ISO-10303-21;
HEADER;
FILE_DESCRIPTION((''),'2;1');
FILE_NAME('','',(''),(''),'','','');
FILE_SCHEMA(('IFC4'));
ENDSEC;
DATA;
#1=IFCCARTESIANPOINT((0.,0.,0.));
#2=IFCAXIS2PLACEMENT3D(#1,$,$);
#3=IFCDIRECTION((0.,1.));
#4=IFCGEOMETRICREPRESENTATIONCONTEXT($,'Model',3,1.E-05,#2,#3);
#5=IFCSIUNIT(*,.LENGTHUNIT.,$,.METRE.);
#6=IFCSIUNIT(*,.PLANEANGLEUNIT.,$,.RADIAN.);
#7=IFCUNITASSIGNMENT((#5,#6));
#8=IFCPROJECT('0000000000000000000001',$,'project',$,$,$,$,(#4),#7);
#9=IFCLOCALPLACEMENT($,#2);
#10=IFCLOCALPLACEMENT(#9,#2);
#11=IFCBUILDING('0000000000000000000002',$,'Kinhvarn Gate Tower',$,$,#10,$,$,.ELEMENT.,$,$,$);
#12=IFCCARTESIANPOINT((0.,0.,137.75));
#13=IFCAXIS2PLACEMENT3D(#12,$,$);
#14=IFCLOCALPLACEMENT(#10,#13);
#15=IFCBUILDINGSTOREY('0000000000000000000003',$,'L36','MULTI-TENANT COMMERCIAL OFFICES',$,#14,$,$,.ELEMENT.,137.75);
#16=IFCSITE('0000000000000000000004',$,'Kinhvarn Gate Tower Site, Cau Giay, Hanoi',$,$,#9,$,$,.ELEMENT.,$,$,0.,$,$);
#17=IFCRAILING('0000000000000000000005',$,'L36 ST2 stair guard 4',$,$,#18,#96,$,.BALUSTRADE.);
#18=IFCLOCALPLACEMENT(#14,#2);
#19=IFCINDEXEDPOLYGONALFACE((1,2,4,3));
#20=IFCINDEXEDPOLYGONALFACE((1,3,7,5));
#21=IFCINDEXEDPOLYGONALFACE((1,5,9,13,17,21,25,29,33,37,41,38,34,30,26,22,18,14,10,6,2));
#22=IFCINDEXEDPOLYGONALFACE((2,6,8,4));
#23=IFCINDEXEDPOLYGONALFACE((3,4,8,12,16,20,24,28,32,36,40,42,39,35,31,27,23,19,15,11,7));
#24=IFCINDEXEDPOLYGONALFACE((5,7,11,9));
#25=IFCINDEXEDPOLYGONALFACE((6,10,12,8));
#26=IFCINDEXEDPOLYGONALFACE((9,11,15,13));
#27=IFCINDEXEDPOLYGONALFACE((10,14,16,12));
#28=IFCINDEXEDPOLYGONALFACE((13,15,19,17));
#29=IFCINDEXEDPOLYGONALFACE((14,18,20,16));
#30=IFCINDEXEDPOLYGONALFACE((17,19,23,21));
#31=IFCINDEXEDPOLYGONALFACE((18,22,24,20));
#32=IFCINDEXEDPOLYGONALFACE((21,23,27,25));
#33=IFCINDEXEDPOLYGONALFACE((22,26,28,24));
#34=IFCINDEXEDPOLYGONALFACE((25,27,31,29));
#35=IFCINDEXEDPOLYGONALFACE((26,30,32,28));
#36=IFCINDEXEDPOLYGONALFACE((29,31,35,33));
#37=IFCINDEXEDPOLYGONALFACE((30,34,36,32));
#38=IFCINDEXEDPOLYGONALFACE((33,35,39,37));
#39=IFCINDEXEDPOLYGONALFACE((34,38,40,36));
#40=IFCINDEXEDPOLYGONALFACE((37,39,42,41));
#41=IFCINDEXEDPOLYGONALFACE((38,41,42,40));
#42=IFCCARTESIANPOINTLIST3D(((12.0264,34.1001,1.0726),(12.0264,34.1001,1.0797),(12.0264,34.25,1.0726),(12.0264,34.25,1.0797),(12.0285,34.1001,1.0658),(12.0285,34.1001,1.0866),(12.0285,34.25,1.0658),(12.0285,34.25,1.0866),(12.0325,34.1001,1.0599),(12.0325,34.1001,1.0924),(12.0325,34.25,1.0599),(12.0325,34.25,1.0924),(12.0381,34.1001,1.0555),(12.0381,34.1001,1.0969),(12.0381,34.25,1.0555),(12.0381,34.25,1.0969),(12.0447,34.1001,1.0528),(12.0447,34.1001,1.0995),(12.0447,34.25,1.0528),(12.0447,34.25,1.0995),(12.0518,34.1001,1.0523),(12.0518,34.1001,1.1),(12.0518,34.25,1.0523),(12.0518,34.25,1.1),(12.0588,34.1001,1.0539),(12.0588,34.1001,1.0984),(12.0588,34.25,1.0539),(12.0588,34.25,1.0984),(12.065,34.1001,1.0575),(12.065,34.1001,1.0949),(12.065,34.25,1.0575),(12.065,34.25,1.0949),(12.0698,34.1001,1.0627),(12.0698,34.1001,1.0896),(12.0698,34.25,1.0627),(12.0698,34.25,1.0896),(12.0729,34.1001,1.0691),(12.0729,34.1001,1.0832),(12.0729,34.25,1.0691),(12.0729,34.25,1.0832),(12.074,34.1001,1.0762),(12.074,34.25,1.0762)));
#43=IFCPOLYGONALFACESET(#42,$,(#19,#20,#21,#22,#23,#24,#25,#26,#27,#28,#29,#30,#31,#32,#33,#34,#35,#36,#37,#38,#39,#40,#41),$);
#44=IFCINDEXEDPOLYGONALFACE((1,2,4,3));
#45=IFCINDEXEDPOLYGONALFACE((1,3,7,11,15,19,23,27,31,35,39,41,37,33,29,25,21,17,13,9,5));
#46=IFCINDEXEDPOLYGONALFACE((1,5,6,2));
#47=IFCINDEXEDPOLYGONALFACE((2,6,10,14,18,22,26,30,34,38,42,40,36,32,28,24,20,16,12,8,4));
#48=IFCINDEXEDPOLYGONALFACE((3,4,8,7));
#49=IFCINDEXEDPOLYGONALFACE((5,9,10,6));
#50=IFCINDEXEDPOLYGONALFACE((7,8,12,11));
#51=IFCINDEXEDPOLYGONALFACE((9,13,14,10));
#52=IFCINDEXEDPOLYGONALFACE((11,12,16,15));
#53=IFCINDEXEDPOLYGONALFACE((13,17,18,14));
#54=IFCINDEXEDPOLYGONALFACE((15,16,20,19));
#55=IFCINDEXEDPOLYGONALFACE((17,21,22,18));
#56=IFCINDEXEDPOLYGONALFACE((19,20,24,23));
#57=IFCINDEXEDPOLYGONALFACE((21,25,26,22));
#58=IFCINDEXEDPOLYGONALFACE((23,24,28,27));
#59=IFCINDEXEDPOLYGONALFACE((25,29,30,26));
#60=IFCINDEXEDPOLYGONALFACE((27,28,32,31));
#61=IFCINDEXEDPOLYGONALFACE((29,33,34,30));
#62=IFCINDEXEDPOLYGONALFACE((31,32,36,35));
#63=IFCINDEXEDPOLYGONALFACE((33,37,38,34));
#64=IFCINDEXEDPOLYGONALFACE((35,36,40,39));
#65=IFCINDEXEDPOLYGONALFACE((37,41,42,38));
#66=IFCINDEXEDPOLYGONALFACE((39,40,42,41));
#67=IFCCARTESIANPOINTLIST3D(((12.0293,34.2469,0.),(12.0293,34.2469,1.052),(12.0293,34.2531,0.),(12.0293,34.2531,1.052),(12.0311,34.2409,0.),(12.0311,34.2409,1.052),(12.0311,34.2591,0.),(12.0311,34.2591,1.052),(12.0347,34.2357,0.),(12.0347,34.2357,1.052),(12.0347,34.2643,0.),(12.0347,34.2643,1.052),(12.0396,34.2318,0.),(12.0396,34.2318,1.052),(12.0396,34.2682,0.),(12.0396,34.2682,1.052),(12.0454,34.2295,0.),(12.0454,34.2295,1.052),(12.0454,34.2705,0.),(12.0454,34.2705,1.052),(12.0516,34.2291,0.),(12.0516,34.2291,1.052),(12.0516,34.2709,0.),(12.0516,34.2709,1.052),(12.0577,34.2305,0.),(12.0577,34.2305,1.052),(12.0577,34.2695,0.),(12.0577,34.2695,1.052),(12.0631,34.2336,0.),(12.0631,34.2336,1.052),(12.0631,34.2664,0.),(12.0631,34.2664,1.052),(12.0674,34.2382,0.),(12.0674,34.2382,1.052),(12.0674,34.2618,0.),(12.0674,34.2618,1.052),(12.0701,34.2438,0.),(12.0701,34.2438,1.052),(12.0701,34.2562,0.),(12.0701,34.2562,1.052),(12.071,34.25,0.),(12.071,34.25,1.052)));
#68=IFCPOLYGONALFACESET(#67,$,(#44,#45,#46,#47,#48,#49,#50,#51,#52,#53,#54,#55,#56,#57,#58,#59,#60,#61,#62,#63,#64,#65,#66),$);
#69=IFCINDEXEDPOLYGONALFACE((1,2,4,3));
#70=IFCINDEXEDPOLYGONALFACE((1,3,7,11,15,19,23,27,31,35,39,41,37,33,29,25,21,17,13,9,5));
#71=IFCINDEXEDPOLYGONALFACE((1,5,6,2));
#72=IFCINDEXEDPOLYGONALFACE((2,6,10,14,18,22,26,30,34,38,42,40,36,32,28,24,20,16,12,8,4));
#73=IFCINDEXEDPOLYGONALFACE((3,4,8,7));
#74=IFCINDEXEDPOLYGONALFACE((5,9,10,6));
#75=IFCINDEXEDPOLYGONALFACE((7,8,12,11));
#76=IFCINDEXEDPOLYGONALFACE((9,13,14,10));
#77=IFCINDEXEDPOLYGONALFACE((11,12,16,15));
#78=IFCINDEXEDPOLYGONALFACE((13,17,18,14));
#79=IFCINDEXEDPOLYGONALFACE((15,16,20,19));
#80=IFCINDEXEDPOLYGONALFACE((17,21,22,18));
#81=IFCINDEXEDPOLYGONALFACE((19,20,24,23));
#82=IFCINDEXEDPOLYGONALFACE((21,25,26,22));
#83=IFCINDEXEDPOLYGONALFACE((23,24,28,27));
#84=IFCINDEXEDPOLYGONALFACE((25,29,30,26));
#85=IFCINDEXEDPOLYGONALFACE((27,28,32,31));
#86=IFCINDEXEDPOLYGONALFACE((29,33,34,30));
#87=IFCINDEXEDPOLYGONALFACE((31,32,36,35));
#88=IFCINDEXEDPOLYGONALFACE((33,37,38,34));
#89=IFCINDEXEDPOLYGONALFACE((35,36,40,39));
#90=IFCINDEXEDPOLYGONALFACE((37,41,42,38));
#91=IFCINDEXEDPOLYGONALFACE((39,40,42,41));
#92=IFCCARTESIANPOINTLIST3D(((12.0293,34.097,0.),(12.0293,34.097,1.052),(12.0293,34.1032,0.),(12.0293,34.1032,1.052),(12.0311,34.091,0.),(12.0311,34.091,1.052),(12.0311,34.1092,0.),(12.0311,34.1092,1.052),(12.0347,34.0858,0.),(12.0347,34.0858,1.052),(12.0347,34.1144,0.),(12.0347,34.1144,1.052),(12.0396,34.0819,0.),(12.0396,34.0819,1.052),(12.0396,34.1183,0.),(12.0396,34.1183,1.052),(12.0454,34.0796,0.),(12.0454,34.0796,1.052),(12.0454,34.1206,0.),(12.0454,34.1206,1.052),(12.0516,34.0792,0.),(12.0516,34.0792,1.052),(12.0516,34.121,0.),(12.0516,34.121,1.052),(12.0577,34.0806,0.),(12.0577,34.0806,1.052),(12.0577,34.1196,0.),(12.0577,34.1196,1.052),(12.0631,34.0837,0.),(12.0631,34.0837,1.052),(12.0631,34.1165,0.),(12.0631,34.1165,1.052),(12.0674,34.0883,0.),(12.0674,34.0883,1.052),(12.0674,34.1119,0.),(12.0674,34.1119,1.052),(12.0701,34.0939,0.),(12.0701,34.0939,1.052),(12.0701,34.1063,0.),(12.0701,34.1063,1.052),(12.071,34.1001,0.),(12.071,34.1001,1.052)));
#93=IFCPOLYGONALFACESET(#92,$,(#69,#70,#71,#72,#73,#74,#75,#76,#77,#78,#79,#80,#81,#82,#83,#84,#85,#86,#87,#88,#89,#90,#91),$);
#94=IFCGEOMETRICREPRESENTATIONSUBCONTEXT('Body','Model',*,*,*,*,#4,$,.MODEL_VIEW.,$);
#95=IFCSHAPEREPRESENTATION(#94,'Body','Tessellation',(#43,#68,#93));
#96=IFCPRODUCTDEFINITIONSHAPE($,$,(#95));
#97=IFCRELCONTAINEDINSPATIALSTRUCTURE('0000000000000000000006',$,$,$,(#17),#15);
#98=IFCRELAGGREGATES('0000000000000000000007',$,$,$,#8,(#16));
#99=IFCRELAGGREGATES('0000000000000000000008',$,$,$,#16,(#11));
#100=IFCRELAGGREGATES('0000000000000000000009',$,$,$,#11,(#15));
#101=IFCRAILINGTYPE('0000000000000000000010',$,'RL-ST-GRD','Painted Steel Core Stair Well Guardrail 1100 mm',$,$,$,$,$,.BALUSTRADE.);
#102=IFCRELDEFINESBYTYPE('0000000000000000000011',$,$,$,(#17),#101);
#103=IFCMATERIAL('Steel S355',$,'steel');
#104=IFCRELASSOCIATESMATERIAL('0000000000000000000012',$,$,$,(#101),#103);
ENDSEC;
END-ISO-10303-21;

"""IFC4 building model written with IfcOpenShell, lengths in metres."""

from ifc_helpers import new_model, si_unit, direction, frame, origin, origin_2d, place, context, subcontext, project, spatial, circle, extrude, material, type_object, element, save


model = new_model("IFC4")

# Units and contexts
model_context = context("Model", 3, precision=1e-05, world=origin(), true_north=direction((0.0, 1.0)))
body_context = subcontext(model_context, "Body", "Model", "MODEL_VIEW")
ifc_project = project(units=[si_unit("LENGTHUNIT", "METRE"), si_unit("PLANEANGLEUNIT", "RADIAN")], contexts=[model_context])

# Site, building, storey
site_placement = place(None, origin())
site = spatial("IfcSite", under=ifc_project, at=site_placement, Name="Kinhvarn Gate Tower Site, Cau Giay, Hanoi", CompositionType="ELEMENT", RefElevation=0.0)
building_placement = place(site_placement, origin())
building = spatial("IfcBuilding", under=site, at=building_placement, Name="Kinhvarn Gate Tower", CompositionType="ELEMENT")
storey_placement = place(building_placement, frame((0.0, 0.0, 137.75)))
storey = spatial("IfcBuildingStorey", under=building, at=storey_placement, Name="L36", Description="MULTI-TENANT COMMERCIAL OFFICES", CompositionType="ELEMENT", Elevation=137.75)

# Shared definitions
ifc_material_1 = material(Name="Steel S355", Category="steel")

# Railing
railing_type_1 = type_object("IfcRailingType", Name="RL-ST-GRD", Description="Painted Steel Core Stair Well Guardrail 1100 mm", PredefinedType="BALUSTRADE", material=ifc_material_1)
railing_1_placement = place(storey_placement, frame((12.05, 34.25, 0.0)))
element("IfcRailing", 1, at=railing_1_placement, inside=storey, type_object=railing_type_1, Name="L36 ST2 stair guard 4", PredefinedType="BALUSTRADE", context=body_context, shape_type="SweptSolid", body=[
    extrude(circle(Radius=0.0239, at=origin_2d()), frame((0.0, 0.0, 1.0762), z_axis=(0.0, -1.0, 0.0), x_axis=(1.0, 0.0, 0.0)), (0.0, 0.0, 1.0), 0.1499),
    extrude(circle(Radius=0.021, at=origin_2d()), origin(), (0.0, 0.0, 1.0), 1.052),
    extrude(circle(Radius=0.021, at=origin_2d()), frame((0.0, -0.1499, 0.0)), (0.0, 0.0, 1.0), 1.052),
])

save(model, "model.ifc")
